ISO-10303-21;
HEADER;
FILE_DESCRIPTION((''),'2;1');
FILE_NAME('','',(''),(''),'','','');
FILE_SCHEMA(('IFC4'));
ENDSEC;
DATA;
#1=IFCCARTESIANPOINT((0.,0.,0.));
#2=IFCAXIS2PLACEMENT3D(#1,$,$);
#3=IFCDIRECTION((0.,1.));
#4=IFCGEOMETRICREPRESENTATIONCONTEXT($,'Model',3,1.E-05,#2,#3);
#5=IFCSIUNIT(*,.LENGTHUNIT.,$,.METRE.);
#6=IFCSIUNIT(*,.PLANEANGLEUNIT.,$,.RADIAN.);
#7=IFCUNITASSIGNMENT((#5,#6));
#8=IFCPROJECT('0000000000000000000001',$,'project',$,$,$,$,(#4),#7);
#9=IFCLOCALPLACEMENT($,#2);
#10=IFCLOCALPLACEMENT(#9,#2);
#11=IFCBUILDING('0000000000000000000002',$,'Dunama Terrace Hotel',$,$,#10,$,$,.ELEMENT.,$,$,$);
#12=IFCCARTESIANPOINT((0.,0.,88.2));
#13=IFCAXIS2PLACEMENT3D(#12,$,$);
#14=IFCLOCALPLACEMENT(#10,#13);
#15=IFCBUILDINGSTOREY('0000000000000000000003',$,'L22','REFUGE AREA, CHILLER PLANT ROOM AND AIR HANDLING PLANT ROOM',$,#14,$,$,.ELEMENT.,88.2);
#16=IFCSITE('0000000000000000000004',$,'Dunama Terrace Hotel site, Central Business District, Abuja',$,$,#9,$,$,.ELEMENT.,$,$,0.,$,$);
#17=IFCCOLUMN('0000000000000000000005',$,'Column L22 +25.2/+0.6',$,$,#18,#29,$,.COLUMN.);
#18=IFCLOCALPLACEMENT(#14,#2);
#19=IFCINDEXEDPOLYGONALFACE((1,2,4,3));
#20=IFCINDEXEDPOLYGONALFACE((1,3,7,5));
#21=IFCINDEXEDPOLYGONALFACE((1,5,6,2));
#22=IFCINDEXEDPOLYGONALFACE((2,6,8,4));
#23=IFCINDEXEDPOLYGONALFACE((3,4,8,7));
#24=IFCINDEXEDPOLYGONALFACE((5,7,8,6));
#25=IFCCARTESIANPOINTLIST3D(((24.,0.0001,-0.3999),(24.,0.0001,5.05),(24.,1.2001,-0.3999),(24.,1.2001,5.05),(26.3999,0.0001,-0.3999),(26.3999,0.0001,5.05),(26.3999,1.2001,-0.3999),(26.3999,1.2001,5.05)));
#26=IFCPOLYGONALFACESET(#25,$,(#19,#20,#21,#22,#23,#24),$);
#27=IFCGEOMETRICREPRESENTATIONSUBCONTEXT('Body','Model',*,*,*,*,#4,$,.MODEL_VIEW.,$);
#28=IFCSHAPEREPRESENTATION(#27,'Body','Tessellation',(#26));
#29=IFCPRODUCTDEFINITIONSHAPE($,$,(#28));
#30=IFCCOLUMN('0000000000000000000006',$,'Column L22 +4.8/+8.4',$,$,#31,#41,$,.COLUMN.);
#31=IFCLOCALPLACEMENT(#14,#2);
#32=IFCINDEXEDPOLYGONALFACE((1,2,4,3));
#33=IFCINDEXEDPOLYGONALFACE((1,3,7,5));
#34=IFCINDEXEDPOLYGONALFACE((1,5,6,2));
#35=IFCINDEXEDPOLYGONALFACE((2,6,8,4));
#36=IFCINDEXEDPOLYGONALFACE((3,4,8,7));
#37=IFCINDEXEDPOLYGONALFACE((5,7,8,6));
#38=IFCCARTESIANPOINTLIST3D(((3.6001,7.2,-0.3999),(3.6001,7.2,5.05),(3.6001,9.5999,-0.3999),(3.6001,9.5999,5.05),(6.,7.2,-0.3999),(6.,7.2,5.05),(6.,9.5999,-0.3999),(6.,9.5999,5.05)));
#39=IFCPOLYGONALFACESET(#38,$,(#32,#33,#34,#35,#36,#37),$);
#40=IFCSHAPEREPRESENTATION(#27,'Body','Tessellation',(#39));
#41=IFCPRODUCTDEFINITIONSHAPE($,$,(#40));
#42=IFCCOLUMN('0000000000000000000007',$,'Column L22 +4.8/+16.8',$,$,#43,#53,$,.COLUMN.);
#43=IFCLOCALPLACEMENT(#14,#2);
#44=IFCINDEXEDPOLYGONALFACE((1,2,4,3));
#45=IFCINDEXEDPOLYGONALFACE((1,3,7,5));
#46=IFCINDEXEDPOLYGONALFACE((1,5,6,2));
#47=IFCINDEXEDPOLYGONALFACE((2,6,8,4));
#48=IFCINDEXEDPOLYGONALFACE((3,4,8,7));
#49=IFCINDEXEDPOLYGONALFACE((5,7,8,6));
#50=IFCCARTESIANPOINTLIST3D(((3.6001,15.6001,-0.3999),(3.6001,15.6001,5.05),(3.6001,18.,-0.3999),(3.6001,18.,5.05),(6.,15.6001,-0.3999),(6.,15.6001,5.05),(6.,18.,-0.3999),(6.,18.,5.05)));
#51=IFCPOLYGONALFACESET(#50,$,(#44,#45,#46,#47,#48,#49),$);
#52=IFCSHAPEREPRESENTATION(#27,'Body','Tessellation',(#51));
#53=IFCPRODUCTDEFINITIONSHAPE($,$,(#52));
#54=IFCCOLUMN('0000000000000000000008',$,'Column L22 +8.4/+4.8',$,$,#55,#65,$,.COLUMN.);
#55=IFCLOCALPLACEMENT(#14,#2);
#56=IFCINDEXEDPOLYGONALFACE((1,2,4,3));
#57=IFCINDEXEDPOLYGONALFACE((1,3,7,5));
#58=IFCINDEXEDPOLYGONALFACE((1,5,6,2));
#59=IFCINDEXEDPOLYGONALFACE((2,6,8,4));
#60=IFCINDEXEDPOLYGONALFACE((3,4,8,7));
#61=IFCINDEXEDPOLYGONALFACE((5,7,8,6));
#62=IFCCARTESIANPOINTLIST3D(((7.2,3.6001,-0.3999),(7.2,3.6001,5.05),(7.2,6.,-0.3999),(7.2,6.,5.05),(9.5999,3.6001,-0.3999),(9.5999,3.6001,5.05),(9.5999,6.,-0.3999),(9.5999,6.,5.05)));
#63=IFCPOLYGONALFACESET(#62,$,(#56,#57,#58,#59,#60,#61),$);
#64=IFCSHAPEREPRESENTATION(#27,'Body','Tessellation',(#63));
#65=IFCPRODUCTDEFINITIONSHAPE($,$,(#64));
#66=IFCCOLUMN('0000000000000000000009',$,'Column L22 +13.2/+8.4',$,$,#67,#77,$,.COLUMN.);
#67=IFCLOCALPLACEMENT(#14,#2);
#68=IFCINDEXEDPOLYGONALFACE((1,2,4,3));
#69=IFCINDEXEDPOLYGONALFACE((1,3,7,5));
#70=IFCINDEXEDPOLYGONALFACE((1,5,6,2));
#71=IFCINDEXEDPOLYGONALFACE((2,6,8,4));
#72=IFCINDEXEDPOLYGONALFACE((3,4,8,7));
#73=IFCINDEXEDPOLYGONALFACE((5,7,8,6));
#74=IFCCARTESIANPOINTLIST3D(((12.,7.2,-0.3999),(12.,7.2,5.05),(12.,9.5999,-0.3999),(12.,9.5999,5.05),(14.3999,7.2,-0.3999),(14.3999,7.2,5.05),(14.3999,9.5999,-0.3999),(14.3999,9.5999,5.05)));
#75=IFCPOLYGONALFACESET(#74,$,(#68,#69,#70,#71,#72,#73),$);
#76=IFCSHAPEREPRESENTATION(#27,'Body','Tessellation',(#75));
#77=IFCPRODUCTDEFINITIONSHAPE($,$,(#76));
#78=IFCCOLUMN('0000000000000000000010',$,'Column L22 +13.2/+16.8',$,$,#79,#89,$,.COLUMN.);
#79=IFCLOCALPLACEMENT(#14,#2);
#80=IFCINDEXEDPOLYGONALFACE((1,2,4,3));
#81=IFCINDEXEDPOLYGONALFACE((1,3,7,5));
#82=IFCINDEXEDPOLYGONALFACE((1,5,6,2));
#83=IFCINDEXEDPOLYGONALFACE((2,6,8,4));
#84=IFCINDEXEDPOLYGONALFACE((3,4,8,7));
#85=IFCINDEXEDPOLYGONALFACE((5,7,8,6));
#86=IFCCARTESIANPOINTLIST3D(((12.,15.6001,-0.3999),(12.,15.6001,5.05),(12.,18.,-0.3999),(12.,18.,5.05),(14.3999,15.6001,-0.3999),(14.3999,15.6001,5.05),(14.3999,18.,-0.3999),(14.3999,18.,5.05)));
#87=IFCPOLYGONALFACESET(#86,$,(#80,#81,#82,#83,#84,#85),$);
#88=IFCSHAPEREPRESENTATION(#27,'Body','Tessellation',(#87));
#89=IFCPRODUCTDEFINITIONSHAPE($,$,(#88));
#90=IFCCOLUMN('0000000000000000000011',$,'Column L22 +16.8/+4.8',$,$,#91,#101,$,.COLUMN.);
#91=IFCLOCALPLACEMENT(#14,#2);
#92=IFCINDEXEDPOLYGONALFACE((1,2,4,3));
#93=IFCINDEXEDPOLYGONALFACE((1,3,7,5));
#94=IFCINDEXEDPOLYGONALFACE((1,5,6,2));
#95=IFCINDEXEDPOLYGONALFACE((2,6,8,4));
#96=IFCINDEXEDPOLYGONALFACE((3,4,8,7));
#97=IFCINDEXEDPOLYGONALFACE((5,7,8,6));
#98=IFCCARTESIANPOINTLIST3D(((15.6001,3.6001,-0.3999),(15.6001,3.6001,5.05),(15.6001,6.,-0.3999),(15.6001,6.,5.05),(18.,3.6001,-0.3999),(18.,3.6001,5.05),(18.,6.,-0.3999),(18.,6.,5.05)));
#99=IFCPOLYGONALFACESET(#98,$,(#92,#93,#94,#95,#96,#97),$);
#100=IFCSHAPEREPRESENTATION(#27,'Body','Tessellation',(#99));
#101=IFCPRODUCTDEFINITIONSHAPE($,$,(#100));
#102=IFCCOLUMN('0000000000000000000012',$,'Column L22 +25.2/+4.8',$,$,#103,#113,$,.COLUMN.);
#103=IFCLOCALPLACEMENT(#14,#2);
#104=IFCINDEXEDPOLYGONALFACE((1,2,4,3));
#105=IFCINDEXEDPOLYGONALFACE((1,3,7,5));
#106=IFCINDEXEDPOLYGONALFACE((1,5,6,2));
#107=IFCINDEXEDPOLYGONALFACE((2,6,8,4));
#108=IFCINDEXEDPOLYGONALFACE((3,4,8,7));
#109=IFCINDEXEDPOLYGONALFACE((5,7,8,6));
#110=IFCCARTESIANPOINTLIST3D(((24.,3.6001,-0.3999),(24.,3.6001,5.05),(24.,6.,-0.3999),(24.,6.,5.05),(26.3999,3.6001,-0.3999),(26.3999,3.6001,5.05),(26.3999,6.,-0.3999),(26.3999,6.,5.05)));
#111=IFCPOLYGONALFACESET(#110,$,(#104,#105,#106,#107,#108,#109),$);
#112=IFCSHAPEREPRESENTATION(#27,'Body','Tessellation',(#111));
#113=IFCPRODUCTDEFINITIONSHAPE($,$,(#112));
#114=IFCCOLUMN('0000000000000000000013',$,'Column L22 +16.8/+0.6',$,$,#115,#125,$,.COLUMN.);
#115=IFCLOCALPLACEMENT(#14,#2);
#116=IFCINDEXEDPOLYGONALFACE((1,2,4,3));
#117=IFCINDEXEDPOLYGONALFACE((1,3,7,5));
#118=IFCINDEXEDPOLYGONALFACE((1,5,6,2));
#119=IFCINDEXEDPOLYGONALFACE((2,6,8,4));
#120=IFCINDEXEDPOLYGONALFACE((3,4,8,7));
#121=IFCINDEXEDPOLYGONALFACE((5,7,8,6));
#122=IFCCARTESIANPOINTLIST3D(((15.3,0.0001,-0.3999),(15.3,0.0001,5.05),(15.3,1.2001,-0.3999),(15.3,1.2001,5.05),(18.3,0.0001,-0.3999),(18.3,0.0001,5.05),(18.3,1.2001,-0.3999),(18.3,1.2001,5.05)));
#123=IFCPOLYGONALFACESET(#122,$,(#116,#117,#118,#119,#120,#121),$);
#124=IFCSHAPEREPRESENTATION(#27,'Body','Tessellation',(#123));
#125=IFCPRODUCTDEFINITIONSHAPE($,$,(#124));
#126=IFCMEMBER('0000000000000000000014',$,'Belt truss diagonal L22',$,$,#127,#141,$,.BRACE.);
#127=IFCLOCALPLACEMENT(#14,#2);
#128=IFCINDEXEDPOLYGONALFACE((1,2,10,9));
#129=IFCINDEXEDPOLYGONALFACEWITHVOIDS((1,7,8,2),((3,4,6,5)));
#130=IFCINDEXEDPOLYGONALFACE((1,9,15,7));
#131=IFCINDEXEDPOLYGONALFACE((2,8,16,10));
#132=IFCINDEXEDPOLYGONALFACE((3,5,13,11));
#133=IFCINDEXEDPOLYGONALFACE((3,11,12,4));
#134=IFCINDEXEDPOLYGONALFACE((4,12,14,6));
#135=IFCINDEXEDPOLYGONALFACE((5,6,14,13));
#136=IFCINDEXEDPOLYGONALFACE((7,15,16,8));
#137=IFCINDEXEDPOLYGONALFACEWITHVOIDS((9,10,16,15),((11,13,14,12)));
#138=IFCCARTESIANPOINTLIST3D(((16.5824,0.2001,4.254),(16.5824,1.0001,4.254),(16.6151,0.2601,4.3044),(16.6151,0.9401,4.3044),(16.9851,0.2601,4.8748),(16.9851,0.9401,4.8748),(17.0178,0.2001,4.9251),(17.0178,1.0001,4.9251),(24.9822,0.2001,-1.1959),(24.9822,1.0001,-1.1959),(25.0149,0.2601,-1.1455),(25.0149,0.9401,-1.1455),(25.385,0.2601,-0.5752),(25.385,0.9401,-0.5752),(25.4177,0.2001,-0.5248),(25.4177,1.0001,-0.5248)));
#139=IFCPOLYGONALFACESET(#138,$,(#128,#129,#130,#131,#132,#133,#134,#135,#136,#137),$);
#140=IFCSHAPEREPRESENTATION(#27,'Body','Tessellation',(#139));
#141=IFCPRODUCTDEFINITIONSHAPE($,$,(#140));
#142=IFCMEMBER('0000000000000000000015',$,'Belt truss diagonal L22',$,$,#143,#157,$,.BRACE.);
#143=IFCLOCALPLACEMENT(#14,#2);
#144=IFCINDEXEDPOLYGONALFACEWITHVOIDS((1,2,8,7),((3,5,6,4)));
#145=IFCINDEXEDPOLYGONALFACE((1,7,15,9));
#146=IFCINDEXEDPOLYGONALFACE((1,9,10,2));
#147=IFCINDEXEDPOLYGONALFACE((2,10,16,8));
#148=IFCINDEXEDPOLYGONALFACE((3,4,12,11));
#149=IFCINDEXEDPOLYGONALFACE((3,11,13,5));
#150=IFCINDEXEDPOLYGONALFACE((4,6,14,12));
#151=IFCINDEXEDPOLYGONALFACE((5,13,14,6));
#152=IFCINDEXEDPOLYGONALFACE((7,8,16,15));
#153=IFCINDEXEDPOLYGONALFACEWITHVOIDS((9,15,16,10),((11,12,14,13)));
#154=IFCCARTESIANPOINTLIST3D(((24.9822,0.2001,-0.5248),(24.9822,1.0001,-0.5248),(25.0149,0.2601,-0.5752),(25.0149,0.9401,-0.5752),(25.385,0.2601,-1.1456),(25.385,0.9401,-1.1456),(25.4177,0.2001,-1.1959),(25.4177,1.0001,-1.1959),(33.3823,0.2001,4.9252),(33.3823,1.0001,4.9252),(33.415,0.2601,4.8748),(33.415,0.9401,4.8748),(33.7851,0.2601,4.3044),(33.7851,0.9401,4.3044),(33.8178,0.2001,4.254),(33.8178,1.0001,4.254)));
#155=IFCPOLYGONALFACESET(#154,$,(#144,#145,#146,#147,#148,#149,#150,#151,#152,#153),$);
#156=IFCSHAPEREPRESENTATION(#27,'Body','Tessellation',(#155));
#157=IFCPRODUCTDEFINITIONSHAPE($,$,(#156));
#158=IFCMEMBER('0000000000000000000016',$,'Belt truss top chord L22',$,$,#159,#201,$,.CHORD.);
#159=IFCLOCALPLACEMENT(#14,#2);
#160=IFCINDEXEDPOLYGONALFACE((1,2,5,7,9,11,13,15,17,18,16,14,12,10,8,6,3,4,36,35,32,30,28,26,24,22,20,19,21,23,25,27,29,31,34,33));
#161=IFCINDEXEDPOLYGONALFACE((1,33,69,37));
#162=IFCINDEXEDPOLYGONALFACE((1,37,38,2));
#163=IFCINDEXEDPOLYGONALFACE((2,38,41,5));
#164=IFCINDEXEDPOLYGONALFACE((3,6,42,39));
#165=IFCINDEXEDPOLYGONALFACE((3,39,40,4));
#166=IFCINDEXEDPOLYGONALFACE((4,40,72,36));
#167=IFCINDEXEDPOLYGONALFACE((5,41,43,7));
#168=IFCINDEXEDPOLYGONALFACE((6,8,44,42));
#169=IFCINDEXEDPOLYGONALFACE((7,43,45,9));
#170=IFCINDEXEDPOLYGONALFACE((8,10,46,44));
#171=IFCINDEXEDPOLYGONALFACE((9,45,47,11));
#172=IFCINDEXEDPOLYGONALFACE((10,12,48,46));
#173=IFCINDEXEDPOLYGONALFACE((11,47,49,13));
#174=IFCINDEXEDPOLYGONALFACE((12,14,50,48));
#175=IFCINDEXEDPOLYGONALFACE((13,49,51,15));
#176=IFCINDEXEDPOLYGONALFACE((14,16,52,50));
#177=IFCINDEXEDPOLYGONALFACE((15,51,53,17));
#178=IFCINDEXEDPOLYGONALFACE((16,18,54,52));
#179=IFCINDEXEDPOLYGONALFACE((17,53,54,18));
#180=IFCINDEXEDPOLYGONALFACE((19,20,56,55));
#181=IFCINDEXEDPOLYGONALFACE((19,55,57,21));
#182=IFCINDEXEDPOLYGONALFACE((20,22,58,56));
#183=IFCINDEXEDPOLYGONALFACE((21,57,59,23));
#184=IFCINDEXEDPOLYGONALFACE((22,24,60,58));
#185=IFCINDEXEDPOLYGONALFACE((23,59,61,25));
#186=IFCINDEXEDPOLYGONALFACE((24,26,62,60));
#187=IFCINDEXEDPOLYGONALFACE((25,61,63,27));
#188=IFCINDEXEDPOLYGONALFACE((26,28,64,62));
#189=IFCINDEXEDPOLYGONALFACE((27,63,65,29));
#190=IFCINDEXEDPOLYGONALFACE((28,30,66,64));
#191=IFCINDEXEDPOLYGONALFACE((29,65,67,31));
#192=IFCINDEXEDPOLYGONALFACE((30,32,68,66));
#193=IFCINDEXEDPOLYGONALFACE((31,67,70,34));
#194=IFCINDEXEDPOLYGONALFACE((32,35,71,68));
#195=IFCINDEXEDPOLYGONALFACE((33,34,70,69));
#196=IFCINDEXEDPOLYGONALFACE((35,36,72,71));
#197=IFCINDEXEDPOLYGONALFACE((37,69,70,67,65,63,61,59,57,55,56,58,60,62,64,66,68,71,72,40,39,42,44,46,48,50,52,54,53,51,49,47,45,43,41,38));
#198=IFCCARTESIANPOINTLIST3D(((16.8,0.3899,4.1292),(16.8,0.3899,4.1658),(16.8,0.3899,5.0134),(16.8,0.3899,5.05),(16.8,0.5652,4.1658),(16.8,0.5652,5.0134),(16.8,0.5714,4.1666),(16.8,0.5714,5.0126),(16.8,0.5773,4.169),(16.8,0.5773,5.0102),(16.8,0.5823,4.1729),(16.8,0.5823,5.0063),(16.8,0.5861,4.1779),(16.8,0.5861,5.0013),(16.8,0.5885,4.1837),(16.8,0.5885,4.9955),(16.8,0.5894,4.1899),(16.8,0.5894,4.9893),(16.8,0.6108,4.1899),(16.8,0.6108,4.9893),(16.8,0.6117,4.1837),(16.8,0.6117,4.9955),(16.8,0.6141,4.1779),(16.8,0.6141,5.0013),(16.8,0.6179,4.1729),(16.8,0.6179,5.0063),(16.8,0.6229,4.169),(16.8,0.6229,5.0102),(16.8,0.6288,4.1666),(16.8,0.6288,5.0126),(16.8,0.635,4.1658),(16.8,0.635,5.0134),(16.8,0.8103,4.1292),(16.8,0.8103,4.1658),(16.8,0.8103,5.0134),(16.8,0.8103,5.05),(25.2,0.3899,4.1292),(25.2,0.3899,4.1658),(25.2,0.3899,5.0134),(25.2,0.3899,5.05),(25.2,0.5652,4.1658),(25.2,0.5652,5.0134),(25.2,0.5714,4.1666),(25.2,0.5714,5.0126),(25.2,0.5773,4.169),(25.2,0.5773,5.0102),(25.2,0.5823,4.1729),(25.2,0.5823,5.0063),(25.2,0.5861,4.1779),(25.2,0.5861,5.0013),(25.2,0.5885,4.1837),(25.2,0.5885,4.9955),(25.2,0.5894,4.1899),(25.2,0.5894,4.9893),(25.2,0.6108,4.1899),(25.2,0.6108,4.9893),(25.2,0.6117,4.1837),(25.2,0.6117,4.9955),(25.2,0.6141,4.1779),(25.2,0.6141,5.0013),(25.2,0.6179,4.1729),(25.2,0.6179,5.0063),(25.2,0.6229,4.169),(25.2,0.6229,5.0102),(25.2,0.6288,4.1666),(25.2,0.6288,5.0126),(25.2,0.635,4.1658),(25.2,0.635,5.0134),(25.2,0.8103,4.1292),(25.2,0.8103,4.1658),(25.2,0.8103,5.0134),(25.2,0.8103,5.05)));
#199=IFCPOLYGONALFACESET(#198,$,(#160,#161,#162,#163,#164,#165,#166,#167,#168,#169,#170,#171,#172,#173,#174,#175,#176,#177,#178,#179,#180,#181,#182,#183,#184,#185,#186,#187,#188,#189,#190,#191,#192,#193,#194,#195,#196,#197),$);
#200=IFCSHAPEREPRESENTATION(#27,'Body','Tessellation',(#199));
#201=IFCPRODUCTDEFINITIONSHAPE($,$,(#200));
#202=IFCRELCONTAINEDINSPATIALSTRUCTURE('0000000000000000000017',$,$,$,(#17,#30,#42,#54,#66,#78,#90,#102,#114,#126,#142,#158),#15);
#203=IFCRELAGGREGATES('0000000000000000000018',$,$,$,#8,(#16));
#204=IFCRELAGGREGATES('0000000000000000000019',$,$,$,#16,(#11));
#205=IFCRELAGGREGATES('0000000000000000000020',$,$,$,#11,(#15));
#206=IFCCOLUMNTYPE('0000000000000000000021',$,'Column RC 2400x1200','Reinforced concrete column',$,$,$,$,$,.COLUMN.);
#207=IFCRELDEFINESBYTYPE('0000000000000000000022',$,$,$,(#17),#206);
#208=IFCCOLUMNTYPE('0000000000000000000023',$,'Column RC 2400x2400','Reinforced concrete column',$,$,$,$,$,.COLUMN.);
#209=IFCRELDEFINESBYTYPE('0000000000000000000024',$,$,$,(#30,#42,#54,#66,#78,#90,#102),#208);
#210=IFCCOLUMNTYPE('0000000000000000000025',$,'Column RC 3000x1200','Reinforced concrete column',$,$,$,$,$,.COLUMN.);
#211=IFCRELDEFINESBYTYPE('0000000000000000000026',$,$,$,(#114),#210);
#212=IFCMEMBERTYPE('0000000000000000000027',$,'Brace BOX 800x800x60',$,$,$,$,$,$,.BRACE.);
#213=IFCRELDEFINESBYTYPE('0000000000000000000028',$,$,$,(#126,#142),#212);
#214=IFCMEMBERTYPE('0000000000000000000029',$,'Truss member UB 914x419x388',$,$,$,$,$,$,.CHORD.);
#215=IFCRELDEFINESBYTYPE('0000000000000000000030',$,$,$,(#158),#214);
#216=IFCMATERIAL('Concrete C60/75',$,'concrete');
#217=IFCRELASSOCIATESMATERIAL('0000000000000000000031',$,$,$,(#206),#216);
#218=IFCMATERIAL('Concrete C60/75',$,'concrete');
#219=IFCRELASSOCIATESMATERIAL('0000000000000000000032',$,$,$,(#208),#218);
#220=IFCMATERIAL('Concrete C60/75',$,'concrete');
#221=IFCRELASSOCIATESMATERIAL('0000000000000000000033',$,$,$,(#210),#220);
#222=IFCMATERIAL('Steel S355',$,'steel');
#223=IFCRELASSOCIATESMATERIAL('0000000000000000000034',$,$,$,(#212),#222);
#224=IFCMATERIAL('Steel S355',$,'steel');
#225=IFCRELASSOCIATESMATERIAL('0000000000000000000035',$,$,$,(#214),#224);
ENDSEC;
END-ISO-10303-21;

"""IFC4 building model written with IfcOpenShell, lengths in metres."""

from ifc_helpers import new_model, si_unit, direction, frame, origin, origin_2d, place, context, subcontext, project, spatial, rectangle, hollow_rectangle, i_section, extrude, material, material_profile, profile_set, type_object, element, save


model = new_model("IFC4")

# Units and contexts
model_context = context("Model", 3, precision=1e-05, world=origin(), true_north=direction((0.0, 1.0)))
body_context = subcontext(model_context, "Body", "Model", "MODEL_VIEW")
ifc_project = project(units=[si_unit("LENGTHUNIT", "METRE"), si_unit("PLANEANGLEUNIT", "RADIAN")], contexts=[model_context])

# Site, building, storey
site_placement = place(None, origin())
site = spatial("IfcSite", under=ifc_project, at=site_placement, Name="Dunama Terrace Hotel site, Central Business District, Abuja", CompositionType="ELEMENT", RefElevation=0.0)
building_placement = place(site_placement, origin())
building = spatial("IfcBuilding", under=site, at=building_placement, Name="Dunama Terrace Hotel", CompositionType="ELEMENT")
storey_placement = place(building_placement, frame((0.0, 0.0, 88.2)))
storey = spatial("IfcBuildingStorey", under=building, at=storey_placement, Name="L22", Description="REFUGE AREA, CHILLER PLANT ROOM AND AIR HANDLING PLANT ROOM", CompositionType="ELEMENT", Elevation=88.2)

# Columns
ifc_material_1 = material(Name="Concrete C60/75", Category="concrete")
ifc_material_profile_1 = material_profile(ifc_material_1, rectangle(XDim=2.3999, YDim=1.2, at=origin_2d()), Name="RC 2400x1200")
ifc_profile_set_1 = profile_set([ifc_material_profile_1], Name="Concrete C60/75")
column_type_1 = type_object("IfcColumnType", Name="Column RC 2400x1200", Description="Reinforced concrete column", PredefinedType="COLUMN", material=ifc_profile_set_1)
column_1_placement = place(storey_placement, frame((25.2, 0.6001, -0.3999), z_axis=(0.0, 0.0, 1.0), x_axis=(1.0, 0.0, 0.0)))
element("IfcColumn", 1, at=column_1_placement, inside=storey, type_object=column_type_1, Name="Column L22 +25.2/+0.6", PredefinedType="COLUMN", context=body_context, shape_type="SweptSolid", body=[
    extrude(rectangle(XDim=2.3999, YDim=1.2, at=origin_2d()), origin(), (0.0, 0.0, 1.0), 5.45),
])
ifc_material_2 = material(Name="Concrete C60/75", Category="concrete")
ifc_material_profile_2 = material_profile(ifc_material_2, rectangle(XDim=2.3999, YDim=2.3999, at=origin_2d()), Name="RC 2400x2400")
ifc_profile_set_2 = profile_set([ifc_material_profile_2], Name="Concrete C60/75")
column_type_2 = type_object("IfcColumnType", Name="Column RC 2400x2400", Description="Reinforced concrete column", PredefinedType="COLUMN", material=ifc_profile_set_2)
for number, where, z_axis, x_axis, name in (
    (2, (4.8, 8.3999, -0.3999), (0.0, 0.0, 1.0), (1.0, 0.0, 0.0), "Column L22 +4.8/+8.4"),
    (3, (4.8, 16.8, -0.3999), (0.0, 0.0, 1.0), (1.0, 0.0, 0.0), "Column L22 +4.8/+16.8"),
    (4, (8.3999, 4.8, -0.3999), (0.0, 0.0, 1.0), (1.0, 0.0, 0.0), "Column L22 +8.4/+4.8"),
    (5, (13.2, 8.3999, -0.3999), (0.0, 0.0, 1.0), (1.0, 0.0, 0.0), "Column L22 +13.2/+8.4"),
    (6, (13.2, 16.8, -0.3999), (0.0, 0.0, 1.0), (1.0, 0.0, 0.0), "Column L22 +13.2/+16.8"),
    (7, (16.8, 4.8, -0.3999), (0.0, 0.0, 1.0), (1.0, 0.0, 0.0), "Column L22 +16.8/+4.8"),
    (8, (25.2, 4.8, -0.3999), (0.0, 0.0, 1.0), (1.0, 0.0, 0.0), "Column L22 +25.2/+4.8"),
):
    element("IfcColumn", number, at=place(storey_placement, frame(where, z_axis=z_axis, x_axis=x_axis)), inside=storey, type_object=column_type_2, Name=name, PredefinedType="COLUMN", context=body_context, shape_type="SweptSolid", body=[
        extrude(rectangle(XDim=2.3999, YDim=2.3999, at=origin_2d()), origin(), (0.0, 0.0, 1.0), 5.45),
    ])
ifc_material_3 = material(Name="Concrete C60/75", Category="concrete")
ifc_material_profile_3 = material_profile(ifc_material_3, rectangle(XDim=3.0, YDim=1.2, at=origin_2d()), Name="RC 3000x1200")
ifc_profile_set_3 = profile_set([ifc_material_profile_3], Name="Concrete C60/75")
column_type_3 = type_object("IfcColumnType", Name="Column RC 3000x1200", Description="Reinforced concrete column", PredefinedType="COLUMN", material=ifc_profile_set_3)
column_2_placement = place(storey_placement, frame((16.8, 0.6001, -0.3999), z_axis=(0.0, 0.0, 1.0), x_axis=(1.0, 0.0, 0.0)))
element("IfcColumn", 9, at=column_2_placement, inside=storey, type_object=column_type_3, Name="Column L22 +16.8/+0.6", PredefinedType="COLUMN", context=body_context, shape_type="SweptSolid", body=[
    extrude(rectangle(XDim=3.0, YDim=1.2, at=origin_2d()), origin(), (0.0, 0.0, 1.0), 5.45),
])

# Members
ifc_material_4 = material(Name="Steel S355", Category="steel")
ifc_material_profile_4 = material_profile(ifc_material_4, hollow_rectangle(XDim=0.8, YDim=0.8, WallThickness=0.0601, at=origin_2d()), Name="BOX 800x800x60")
ifc_profile_set_4 = profile_set([ifc_material_profile_4], Name="Steel S355")
member_type_1 = type_object("IfcMemberType", Name="Brace BOX 800x800x60", PredefinedType="BRACE", material=ifc_profile_set_4)
member_1_placement = place(storey_placement, frame((25.2, 0.6001, -0.8604), z_axis=(-0.838899, 0.0, 0.544287), x_axis=(0.0, -1.0, 0.0)))
element("IfcMember", 10, at=member_1_placement, inside=storey, type_object=member_type_1, Name="Belt truss diagonal L22", PredefinedType="BRACE", context=body_context, shape_type="SweptSolid", body=[
    extrude(hollow_rectangle(XDim=0.8, YDim=0.8, WallThickness=0.0601, at=origin_2d()), origin(), (0.0, 0.0, 1.0), 10.0129),
])
member_2_placement = place(storey_placement, frame((25.2, 0.6001, -0.8604), z_axis=(0.838906, 0.0, 0.544276), x_axis=(0.0, 1.0, 0.0)))
element("IfcMember", 11, at=member_2_placement, inside=storey, type_object=member_type_1, Name="Belt truss diagonal L22", PredefinedType="BRACE", context=body_context, shape_type="SweptSolid", body=[
    extrude(hollow_rectangle(XDim=0.8, YDim=0.8, WallThickness=0.0601, at=origin_2d()), origin(), (0.0, 0.0, 1.0), 10.0132),
])
ifc_material_5 = material(Name="Steel S355", Category="steel")
ifc_material_profile_5 = material_profile(ifc_material_5, i_section(OverallWidth=0.4204, OverallDepth=0.9209, WebThickness=0.0215, FlangeThickness=0.0366, FilletRadius=0.0242, at=origin_2d()), Name="UB 914x419x388")
ifc_profile_set_5 = profile_set([ifc_material_profile_5], Name="Steel S355")
member_type_2 = type_object("IfcMemberType", Name="Truss member UB 914x419x388", PredefinedType="CHORD", material=ifc_profile_set_5)
for number, where, z_axis, x_axis, name in (
    (12, (16.8, 0.6001, 4.5896), (1.0, 0.0, 0.0), (0.0, 1.0, 0.0), "Belt truss top chord L22"),
):
    element("IfcMember", number, at=place(storey_placement, frame(where, z_axis=z_axis, x_axis=x_axis)), inside=storey, type_object=member_type_2, Name=name, PredefinedType="CHORD", context=body_context, shape_type="SweptSolid", body=[
        extrude(i_section(OverallWidth=0.4204, OverallDepth=0.9209, WebThickness=0.0215, FlangeThickness=0.0366, FilletRadius=0.0242, at=origin_2d()), origin(), (0.0, 0.0, 1.0), 8.3999),
    ])

save(model, "model.ifc")
